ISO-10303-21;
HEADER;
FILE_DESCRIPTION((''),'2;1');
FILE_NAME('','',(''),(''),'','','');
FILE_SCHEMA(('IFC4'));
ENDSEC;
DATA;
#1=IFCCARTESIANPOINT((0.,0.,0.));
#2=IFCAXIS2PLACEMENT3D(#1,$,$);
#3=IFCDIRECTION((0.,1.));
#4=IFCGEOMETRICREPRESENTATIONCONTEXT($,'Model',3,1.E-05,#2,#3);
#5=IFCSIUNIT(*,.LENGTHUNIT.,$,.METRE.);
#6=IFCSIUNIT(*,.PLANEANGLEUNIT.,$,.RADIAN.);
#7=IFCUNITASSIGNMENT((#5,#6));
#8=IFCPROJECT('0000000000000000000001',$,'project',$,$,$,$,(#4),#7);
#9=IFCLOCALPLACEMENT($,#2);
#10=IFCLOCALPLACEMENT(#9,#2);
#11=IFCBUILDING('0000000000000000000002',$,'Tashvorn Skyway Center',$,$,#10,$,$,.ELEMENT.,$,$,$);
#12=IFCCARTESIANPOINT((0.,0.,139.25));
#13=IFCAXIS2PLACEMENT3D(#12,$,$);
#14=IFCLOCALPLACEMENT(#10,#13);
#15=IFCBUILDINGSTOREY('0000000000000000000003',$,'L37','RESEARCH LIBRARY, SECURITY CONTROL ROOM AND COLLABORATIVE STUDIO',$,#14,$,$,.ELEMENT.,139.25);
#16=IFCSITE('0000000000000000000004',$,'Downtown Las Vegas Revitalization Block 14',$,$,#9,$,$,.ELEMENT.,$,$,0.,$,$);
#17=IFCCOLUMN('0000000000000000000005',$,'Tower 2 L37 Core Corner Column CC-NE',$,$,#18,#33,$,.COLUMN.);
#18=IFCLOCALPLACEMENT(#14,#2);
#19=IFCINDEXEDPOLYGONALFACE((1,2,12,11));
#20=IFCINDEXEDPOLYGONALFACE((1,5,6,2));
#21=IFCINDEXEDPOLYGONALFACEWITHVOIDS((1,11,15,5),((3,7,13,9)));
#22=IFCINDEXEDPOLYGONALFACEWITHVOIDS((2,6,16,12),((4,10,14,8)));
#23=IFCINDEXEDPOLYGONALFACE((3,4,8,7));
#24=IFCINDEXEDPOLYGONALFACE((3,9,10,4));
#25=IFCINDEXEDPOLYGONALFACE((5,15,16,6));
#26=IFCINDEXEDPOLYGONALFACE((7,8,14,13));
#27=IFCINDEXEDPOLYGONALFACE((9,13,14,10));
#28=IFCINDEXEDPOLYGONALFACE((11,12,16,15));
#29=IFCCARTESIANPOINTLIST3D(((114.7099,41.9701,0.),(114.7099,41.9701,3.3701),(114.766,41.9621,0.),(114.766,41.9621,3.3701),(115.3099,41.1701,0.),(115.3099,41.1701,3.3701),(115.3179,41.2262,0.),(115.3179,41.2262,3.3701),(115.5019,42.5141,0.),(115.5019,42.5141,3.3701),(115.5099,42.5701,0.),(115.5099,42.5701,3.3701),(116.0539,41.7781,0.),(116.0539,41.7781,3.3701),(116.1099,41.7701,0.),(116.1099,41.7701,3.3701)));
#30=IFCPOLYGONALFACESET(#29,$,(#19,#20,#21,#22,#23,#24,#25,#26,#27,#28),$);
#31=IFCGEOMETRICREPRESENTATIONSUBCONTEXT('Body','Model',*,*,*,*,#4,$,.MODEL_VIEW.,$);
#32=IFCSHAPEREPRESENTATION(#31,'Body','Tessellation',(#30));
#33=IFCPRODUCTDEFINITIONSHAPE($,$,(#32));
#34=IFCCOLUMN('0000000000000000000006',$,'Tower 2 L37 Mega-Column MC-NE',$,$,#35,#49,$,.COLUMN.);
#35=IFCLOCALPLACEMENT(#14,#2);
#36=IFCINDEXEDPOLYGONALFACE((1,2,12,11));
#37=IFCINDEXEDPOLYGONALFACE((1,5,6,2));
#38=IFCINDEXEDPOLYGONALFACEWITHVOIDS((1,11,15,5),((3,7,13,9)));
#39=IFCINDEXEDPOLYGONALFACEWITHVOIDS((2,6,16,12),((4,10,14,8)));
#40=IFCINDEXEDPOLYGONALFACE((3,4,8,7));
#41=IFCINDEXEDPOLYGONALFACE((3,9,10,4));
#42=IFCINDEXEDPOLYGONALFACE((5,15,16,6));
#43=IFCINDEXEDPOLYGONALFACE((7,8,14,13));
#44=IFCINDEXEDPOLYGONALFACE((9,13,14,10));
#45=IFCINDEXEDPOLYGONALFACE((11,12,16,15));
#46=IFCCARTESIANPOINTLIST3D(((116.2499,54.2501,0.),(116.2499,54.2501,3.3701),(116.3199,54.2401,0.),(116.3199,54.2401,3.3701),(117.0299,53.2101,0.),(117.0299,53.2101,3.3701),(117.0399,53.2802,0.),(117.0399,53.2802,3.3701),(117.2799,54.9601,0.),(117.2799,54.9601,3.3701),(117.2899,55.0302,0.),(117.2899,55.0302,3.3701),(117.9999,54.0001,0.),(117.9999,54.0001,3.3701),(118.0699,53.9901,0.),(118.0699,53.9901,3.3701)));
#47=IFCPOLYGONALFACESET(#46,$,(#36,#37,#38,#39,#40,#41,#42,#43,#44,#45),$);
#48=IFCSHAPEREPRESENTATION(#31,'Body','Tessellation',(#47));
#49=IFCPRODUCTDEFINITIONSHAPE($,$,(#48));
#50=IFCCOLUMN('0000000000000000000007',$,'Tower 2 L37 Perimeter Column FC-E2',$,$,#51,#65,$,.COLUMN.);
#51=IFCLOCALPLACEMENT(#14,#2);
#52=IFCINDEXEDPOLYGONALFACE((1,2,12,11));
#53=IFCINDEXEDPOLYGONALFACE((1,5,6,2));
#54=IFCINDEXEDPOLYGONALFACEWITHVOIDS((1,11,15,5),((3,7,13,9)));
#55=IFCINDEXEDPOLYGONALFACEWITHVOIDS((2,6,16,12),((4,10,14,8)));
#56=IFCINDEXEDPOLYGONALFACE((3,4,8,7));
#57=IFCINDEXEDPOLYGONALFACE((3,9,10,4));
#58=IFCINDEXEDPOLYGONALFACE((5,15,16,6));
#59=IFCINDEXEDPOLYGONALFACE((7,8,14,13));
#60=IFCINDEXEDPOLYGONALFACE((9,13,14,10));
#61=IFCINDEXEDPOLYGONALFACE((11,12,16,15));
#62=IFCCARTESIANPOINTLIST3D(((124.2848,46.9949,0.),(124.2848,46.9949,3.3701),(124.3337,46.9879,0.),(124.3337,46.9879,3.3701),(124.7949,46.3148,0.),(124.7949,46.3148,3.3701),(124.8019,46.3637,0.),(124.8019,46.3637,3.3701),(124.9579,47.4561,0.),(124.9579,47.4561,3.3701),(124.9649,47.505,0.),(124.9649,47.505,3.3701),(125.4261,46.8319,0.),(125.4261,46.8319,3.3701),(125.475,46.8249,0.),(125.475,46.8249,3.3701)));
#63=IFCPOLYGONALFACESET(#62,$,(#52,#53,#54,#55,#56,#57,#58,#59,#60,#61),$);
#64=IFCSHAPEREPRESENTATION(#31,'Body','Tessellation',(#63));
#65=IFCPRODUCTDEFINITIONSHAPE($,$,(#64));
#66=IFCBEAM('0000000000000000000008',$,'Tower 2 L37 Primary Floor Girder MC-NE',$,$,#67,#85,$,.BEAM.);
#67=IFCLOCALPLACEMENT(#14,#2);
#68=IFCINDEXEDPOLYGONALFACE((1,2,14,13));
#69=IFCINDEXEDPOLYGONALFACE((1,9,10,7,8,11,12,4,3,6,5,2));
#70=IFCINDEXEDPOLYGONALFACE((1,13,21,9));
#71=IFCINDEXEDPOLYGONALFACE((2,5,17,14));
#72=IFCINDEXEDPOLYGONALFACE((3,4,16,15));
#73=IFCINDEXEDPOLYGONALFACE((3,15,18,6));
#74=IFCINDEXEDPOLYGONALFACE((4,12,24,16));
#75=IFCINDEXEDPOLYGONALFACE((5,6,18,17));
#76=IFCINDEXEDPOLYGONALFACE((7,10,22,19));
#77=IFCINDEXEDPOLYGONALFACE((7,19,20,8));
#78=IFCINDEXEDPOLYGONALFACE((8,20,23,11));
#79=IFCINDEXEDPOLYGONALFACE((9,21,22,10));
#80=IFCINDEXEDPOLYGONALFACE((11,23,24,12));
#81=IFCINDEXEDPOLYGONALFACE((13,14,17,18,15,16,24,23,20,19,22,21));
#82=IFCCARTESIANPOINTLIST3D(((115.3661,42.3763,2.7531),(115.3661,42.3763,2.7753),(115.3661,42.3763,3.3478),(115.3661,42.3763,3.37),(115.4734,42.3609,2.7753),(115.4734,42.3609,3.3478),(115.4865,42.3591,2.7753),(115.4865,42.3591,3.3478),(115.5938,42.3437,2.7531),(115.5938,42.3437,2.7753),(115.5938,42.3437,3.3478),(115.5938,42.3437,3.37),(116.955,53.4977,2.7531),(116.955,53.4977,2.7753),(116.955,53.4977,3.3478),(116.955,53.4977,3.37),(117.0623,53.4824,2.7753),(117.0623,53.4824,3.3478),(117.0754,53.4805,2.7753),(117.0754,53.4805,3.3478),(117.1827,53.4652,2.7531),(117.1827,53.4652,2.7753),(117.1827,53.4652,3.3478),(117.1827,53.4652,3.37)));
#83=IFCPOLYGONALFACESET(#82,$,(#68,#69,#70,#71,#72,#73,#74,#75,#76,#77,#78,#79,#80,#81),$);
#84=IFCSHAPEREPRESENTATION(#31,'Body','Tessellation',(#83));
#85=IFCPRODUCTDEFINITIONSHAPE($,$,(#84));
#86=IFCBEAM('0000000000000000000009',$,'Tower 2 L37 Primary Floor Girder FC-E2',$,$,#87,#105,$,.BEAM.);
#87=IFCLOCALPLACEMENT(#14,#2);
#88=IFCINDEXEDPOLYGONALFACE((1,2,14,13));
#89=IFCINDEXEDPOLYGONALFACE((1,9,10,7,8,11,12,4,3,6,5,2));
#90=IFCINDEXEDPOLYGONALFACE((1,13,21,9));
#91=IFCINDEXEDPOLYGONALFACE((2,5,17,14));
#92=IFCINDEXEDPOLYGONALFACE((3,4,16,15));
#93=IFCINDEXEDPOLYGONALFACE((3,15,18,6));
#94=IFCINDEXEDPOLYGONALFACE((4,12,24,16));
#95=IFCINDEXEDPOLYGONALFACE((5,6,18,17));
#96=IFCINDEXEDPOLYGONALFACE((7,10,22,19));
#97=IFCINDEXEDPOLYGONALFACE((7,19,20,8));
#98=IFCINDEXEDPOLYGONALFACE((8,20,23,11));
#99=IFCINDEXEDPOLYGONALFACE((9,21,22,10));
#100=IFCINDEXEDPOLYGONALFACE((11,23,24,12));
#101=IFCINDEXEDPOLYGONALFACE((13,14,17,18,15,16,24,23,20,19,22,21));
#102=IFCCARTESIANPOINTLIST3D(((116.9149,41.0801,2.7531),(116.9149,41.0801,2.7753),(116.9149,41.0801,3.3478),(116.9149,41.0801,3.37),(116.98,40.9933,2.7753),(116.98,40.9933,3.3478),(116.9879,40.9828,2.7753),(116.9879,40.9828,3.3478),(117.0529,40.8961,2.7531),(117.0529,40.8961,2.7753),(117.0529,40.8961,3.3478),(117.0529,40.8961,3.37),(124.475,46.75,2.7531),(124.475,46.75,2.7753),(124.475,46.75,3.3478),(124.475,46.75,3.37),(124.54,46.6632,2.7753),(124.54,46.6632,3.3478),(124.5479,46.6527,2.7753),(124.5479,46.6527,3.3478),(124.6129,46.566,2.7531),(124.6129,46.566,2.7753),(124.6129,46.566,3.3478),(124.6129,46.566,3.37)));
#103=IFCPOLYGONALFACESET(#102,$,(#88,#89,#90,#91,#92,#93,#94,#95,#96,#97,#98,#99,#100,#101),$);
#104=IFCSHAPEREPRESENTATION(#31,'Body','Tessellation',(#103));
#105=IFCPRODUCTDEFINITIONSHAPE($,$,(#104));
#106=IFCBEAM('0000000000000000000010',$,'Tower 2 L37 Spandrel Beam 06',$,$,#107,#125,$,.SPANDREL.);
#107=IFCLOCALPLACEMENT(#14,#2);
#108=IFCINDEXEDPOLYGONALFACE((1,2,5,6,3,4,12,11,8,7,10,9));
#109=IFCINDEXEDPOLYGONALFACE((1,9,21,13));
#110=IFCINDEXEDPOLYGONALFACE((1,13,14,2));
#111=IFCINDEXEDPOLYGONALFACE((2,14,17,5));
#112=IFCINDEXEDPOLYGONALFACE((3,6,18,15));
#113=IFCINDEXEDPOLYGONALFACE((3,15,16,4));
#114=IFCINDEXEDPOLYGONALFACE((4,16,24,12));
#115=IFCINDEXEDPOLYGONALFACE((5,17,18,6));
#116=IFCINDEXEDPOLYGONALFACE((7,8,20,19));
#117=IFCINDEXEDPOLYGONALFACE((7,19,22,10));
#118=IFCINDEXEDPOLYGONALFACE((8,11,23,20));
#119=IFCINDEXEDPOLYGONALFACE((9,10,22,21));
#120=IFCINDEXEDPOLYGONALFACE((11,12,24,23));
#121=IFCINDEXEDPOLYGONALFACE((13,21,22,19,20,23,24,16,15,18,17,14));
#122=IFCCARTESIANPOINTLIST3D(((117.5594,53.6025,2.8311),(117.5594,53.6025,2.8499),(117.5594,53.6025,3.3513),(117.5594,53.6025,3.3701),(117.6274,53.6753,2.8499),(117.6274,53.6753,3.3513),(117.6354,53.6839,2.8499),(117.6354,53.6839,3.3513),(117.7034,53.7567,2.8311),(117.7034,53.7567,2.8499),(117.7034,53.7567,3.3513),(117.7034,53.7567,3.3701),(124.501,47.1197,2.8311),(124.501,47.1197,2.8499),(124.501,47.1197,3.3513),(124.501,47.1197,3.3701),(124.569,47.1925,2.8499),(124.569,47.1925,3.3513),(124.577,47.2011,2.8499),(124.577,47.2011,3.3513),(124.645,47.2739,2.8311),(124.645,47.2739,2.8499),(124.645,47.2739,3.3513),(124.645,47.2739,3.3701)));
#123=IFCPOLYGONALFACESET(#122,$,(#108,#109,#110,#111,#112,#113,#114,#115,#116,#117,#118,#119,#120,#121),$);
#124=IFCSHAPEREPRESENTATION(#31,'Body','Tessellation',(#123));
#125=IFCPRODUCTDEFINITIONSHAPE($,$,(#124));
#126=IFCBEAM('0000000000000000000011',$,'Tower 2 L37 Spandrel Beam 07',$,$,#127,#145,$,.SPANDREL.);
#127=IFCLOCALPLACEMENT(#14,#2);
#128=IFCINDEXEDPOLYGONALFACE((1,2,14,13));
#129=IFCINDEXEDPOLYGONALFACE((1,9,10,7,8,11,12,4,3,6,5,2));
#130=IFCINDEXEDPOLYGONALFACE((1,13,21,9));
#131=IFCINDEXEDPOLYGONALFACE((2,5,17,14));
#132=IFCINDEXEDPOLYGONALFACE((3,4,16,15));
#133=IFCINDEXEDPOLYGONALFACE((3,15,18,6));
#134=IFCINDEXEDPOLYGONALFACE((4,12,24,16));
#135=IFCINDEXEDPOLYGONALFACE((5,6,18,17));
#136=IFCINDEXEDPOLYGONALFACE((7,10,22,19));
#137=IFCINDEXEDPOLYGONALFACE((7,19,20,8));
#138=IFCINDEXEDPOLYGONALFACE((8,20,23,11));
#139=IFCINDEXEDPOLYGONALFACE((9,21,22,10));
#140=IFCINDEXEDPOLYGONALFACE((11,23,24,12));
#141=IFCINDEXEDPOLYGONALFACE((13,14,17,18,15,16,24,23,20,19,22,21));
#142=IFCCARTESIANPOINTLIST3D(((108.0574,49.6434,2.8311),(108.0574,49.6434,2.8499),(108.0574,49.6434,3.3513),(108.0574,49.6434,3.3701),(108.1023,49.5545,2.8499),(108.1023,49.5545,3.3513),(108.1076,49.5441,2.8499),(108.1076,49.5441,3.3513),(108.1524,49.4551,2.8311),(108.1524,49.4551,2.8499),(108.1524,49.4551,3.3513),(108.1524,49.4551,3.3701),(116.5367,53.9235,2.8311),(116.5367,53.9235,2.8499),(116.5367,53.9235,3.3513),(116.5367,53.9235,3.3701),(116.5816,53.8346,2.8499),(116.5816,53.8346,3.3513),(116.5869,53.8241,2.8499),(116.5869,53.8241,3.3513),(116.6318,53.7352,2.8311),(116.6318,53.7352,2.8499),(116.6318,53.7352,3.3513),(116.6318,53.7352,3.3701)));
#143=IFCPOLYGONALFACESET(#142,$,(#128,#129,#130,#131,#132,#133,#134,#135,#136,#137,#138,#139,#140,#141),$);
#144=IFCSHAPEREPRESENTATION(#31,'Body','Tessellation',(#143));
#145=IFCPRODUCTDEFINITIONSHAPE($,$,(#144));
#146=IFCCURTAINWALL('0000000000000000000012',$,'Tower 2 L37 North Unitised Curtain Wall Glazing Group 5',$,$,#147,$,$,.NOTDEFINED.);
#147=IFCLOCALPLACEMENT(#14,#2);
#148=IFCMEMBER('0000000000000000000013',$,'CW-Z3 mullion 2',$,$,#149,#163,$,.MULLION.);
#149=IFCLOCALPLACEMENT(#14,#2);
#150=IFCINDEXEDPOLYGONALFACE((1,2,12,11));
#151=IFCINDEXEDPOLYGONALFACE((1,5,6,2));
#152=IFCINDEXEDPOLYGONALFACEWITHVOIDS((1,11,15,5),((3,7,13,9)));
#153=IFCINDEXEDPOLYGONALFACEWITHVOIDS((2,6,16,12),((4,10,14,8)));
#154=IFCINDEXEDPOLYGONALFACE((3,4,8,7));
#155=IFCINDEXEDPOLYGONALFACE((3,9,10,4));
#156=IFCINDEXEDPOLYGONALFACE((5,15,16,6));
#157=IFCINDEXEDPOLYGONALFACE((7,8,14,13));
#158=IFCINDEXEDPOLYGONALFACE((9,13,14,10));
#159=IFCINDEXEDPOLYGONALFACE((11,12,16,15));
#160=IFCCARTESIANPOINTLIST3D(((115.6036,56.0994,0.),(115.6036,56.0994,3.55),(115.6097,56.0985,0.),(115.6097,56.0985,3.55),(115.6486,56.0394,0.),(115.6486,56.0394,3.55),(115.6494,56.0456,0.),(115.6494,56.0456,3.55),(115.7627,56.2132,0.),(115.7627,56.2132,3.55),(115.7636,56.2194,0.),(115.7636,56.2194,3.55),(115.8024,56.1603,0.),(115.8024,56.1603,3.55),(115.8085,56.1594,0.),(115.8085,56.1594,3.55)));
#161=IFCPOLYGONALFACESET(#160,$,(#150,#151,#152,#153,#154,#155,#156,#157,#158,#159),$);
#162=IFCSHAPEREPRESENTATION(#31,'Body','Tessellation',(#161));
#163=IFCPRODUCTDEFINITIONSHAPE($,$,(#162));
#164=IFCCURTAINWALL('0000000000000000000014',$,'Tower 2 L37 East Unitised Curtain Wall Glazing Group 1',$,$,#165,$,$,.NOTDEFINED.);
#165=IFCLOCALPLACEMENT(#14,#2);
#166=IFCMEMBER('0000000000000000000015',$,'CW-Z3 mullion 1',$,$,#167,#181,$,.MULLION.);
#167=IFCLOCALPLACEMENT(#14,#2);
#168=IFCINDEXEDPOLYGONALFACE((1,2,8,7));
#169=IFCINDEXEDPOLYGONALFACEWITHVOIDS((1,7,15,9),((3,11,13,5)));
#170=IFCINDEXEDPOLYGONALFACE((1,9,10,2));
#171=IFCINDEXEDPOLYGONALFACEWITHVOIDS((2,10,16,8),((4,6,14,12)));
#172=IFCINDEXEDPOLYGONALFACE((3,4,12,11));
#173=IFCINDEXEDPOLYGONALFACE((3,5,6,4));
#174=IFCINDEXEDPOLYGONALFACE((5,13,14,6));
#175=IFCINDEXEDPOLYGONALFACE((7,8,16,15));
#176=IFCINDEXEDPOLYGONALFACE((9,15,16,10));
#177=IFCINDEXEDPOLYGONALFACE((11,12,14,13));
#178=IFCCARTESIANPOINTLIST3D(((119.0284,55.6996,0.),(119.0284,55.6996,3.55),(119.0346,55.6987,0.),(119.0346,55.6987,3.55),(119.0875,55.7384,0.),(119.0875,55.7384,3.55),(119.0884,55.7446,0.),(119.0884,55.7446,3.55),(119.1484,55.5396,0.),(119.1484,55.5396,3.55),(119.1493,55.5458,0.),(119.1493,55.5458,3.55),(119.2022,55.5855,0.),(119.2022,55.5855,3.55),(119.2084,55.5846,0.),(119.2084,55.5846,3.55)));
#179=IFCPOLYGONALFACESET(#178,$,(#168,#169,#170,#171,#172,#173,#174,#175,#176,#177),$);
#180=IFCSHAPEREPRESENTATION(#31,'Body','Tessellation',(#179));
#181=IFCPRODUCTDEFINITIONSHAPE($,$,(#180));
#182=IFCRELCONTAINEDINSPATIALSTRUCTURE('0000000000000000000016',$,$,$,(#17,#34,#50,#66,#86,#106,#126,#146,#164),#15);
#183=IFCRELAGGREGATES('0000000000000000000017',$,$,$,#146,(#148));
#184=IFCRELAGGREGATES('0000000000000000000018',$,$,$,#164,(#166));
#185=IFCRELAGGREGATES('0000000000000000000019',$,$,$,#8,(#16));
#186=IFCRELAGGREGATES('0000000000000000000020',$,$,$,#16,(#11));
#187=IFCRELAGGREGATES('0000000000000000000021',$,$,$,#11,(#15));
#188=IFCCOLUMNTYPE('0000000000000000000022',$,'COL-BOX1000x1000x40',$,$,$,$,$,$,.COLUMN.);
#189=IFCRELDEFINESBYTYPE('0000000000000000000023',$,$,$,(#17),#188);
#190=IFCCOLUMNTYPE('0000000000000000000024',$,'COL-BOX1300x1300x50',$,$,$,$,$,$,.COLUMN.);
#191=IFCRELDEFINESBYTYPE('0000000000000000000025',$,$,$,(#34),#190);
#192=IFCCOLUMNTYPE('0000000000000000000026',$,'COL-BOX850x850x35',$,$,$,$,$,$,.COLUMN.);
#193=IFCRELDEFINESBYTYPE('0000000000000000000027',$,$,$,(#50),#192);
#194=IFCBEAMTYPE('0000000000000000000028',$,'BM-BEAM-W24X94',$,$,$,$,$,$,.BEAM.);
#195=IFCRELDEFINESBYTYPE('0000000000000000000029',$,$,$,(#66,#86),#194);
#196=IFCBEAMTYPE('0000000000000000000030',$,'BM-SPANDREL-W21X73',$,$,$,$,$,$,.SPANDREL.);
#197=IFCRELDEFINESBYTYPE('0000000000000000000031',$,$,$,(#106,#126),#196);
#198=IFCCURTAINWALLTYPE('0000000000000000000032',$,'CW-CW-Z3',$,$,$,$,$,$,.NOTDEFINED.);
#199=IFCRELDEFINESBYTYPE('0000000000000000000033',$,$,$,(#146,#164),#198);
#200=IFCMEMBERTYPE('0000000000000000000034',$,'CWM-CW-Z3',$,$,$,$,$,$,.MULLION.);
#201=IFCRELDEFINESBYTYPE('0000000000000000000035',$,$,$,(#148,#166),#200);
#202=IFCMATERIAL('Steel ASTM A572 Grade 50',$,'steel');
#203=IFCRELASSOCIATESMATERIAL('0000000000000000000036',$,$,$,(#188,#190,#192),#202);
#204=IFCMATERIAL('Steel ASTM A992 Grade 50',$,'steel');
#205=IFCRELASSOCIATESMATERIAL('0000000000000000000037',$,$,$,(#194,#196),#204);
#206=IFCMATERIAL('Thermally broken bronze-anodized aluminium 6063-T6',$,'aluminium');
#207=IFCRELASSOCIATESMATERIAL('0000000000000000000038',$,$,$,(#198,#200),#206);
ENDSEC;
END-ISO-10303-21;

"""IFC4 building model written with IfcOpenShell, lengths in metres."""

from ifc_helpers import new_model, si_unit, direction, frame, origin, origin_2d, place, context, subcontext, project, spatial, hollow_rectangle, i_section, extrude, material, material_profile, profile_set, type_object, element, aggregate, save


model = new_model("IFC4")

# Units and contexts
model_context = context("Model", 3, precision=1e-05, world=origin(), true_north=direction((0.0, 1.0)))
body_context = subcontext(model_context, "Body", "Model", "MODEL_VIEW")
ifc_project = project(units=[si_unit("LENGTHUNIT", "METRE"), si_unit("PLANEANGLEUNIT", "RADIAN")], contexts=[model_context])

# Site, building, storey
site_placement = place(None, origin())
site = spatial("IfcSite", under=ifc_project, at=site_placement, Name="Downtown Las Vegas Revitalization Block 14", CompositionType="ELEMENT", RefElevation=0.0)
building_placement = place(site_placement, origin())
building = spatial("IfcBuilding", under=site, at=building_placement, Name="Tashvorn Skyway Center", CompositionType="ELEMENT")
storey_placement = place(building_placement, frame((0.0, 0.0, 139.25)))
storey = spatial("IfcBuildingStorey", under=building, at=storey_placement, Name="L37", Description="RESEARCH LIBRARY, SECURITY CONTROL ROOM AND COLLABORATIVE STUDIO", CompositionType="ELEMENT", Elevation=139.25)

# Columns
ifc_material_1 = material(Name="Steel ASTM A572 Grade 50", Category="steel")
ifc_material_profile_1 = material_profile(ifc_material_1, hollow_rectangle(XDim=1.0, YDim=1.0, WallThickness=0.04, at=origin_2d()), Name="BOX1000x1000x40")
ifc_profile_set_1 = profile_set([ifc_material_profile_1], Name="Steel ASTM A572 Grade 50")
column_type_1 = type_object("IfcColumnType", Name="COL-BOX1000x1000x40", PredefinedType="COLUMN", material=ifc_profile_set_1)
column_1_placement = place(storey_placement, frame((115.4099, 41.8701, 0.0), z_axis=(0.0, 0.0, 1.0), x_axis=(0.8, 0.6, 0.0)))
element("IfcColumn", 1, at=column_1_placement, inside=storey, type_object=column_type_1, Name="Tower 2 L37 Core Corner Column CC-NE", PredefinedType="COLUMN", context=body_context, shape_type="SweptSolid", body=[
    extrude(hollow_rectangle(XDim=1.0, YDim=1.0, WallThickness=0.04, at=origin_2d()), origin(), (0.0, 0.0, 1.0), 3.3701),
])
ifc_material_profile_2 = material_profile(ifc_material_1, hollow_rectangle(XDim=1.3, YDim=1.3, WallThickness=0.05, at=origin_2d()), Name="BOX1300x1300x50")
ifc_profile_set_2 = profile_set([ifc_material_profile_2], Name="Steel ASTM A572 Grade 50")
column_type_2 = type_object("IfcColumnType", Name="COL-BOX1300x1300x50", PredefinedType="COLUMN", material=ifc_profile_set_2)
column_2_placement = place(storey_placement, frame((117.1599, 54.1201, 0.0), z_axis=(0.0, 0.0, 1.0), x_axis=(0.8, 0.6, 0.0)))
element("IfcColumn", 2, at=column_2_placement, inside=storey, type_object=column_type_2, Name="Tower 2 L37 Mega-Column MC-NE", PredefinedType="COLUMN", context=body_context, shape_type="SweptSolid", body=[
    extrude(hollow_rectangle(XDim=1.3, YDim=1.3, WallThickness=0.05, at=origin_2d()), origin(), (0.0, 0.0, 1.0), 3.3701),
])
ifc_material_profile_3 = material_profile(ifc_material_1, hollow_rectangle(XDim=0.8501, YDim=0.8501, WallThickness=0.0349, at=origin_2d()), Name="BOX850x850x35")
ifc_profile_set_3 = profile_set([ifc_material_profile_3], Name="Steel ASTM A572 Grade 50")
column_type_3 = type_object("IfcColumnType", Name="COL-BOX850x850x35", PredefinedType="COLUMN", material=ifc_profile_set_3)
column_3_placement = place(storey_placement, frame((124.8799, 46.9099, 0.0), z_axis=(0.0, 0.0, 1.0), x_axis=(0.8, 0.6, 0.0)))
element("IfcColumn", 3, at=column_3_placement, inside=storey, type_object=column_type_3, Name="Tower 2 L37 Perimeter Column FC-E2", PredefinedType="COLUMN", context=body_context, shape_type="SweptSolid", body=[
    extrude(hollow_rectangle(XDim=0.8501, YDim=0.8501, WallThickness=0.0349, at=origin_2d()), origin(), (0.0, 0.0, 1.0), 3.3701),
])

# Beams
ifc_material_2 = material(Name="Steel ASTM A992 Grade 50", Category="steel")
ifc_material_profile_4 = material_profile(ifc_material_2, i_section(OverallWidth=0.23, OverallDepth=0.6169, WebThickness=0.0132, FlangeThickness=0.0222, at=origin_2d()), Name="W24X94")
ifc_profile_set_4 = profile_set([ifc_material_profile_4], Name="Steel ASTM A992 Grade 50")
beam_type_1 = type_object("IfcBeamType", Name="BM-BEAM-W24X94", PredefinedType="BEAM", material=ifc_profile_set_4)
beam_1_placement = place(storey_placement, frame((117.0688, 53.4814, 3.0615), z_axis=(-0.14143, -0.989948, 0.0), x_axis=(0.989948, -0.14143, 0.0)))
element("IfcBeam", 4, at=beam_1_placement, inside=storey, type_object=beam_type_1, Name="Tower 2 L37 Primary Floor Girder MC-NE", PredefinedType="BEAM", context=body_context, shape_type="SweptSolid", body=[
    extrude(i_section(OverallWidth=0.23, OverallDepth=0.6169, WebThickness=0.0132, FlangeThickness=0.0222, at=origin_2d()), origin(), (0.0, 0.0, 1.0), 11.2344),
])
beam_2_placement = place(storey_placement, frame((124.5439, 46.658, 3.0615), z_axis=(-0.800006, -0.599992, 0.0), x_axis=(0.599992, -0.800006, 0.0)))
element("IfcBeam", 5, at=beam_2_placement, inside=storey, type_object=beam_type_1, Name="Tower 2 L37 Primary Floor Girder FC-E2", PredefinedType="BEAM", context=body_context, shape_type="SweptSolid", body=[
    extrude(i_section(OverallWidth=0.23, OverallDepth=0.6169, WebThickness=0.0132, FlangeThickness=0.0222, at=origin_2d()), origin(), (0.0, 0.0, 1.0), 9.45),
])
ifc_material_profile_5 = material_profile(ifc_material_2, i_section(OverallWidth=0.2109, OverallDepth=0.5391, WebThickness=0.0117, FlangeThickness=0.0188, at=origin_2d()), Name="W21X73")
ifc_profile_set_5 = profile_set([ifc_material_profile_5], Name="Steel ASTM A992 Grade 50")
beam_type_2 = type_object("IfcBeamType", Name="BM-SPANDREL-W21X73", PredefinedType="SPANDREL", material=ifc_profile_set_5)
beam_3_placement = place(storey_placement, frame((124.573, 47.1968, 3.1006), z_axis=(-0.730843, 0.682545, 0.0), x_axis=(-0.682545, -0.730843, 0.0)))
element("IfcBeam", 6, at=beam_3_placement, inside=storey, type_object=beam_type_2, Name="Tower 2 L37 Spandrel Beam 06", PredefinedType="SPANDREL", context=body_context, shape_type="SweptSolid", body=[
    extrude(i_section(OverallWidth=0.2109, OverallDepth=0.5391, WebThickness=0.0117, FlangeThickness=0.0188, at=origin_2d()), origin(), (0.0, 0.0, 1.0), 9.498),
])
beam_4_placement = place(storey_placement, frame((116.5842, 53.8293, 3.1006), z_axis=(-0.892719, -0.450614, 0.0), x_axis=(0.450614, -0.892719, 0.0)))
element("IfcBeam", 7, at=beam_4_placement, inside=storey, type_object=beam_type_2, Name="Tower 2 L37 Spandrel Beam 07", PredefinedType="SPANDREL", context=body_context, shape_type="SweptSolid", body=[
    extrude(i_section(OverallWidth=0.2109, OverallDepth=0.5391, WebThickness=0.0117, FlangeThickness=0.0188, at=origin_2d()), origin(), (0.0, 0.0, 1.0), 9.4983),
])

# Curtain wall, member
ifc_material_3 = material(Name="Thermally broken bronze-anodized aluminium 6063-T6", Category="aluminium")
curtain_wall_type = type_object("IfcCurtainWallType", Name="CW-CW-Z3", PredefinedType="NOTDEFINED", material=ifc_material_3)
curtain_wall_1_placement = place(storey_placement, origin())
curtain_wall_1 = element("IfcCurtainWall", 8, at=curtain_wall_1_placement, inside=storey, type_object=curtain_wall_type, Name="Tower 2 L37 North Unitised Curtain Wall Glazing Group 5", PredefinedType="NOTDEFINED")
ifc_material_profile_6 = material_profile(ifc_material_3, hollow_rectangle(XDim=0.075, YDim=0.2, WallThickness=0.0044, at=origin_2d()), Name="ALU-MULL-75x200")
ifc_profile_set_6 = profile_set([ifc_material_profile_6], Name="Thermally broken bronze-anodized aluminium 6063-T6")
member_type_1 = type_object("IfcMemberType", Name="CWM-CW-Z3", PredefinedType="MULLION", material=ifc_profile_set_6)
member_1_placement = place(storey_placement, frame((115.7061, 56.1294, 0.0), z_axis=(0.0, 0.0, 1.0), x_axis=(-0.599995, 0.800003, 0.0)))
member_1 = element("IfcMember", 9, at=member_1_placement, type_object=member_type_1, Name="CW-Z3 mullion 2", PredefinedType="MULLION", context=body_context, shape_type="SweptSolid", body=[
    extrude(hollow_rectangle(XDim=0.075, YDim=0.2, WallThickness=0.0044, at=origin_2d()), origin(), (0.0, 0.0, 1.0), 3.55),
])

# Curtain wall, member
curtain_wall_2_placement = place(storey_placement, origin())
curtain_wall_2 = element("IfcCurtainWall", 10, at=curtain_wall_2_placement, inside=storey, type_object=curtain_wall_type, Name="Tower 2 L37 East Unitised Curtain Wall Glazing Group 1", PredefinedType="NOTDEFINED")
member_2_placement = place(storey_placement, frame((119.1184, 55.6421, 0.0), z_axis=(0.0, 0.0, 1.0), x_axis=(0.800003, 0.599995, 0.0)))
member_2 = element("IfcMember", 11, at=member_2_placement, type_object=member_type_1, Name="CW-Z3 mullion 1", PredefinedType="MULLION", context=body_context, shape_type="SweptSolid", body=[
    extrude(hollow_rectangle(XDim=0.075, YDim=0.2, WallThickness=0.0044, at=origin_2d()), origin(), (0.0, 0.0, 1.0), 3.55),
])

aggregate(curtain_wall_1, [member_1])
aggregate(curtain_wall_2, [member_2])

save(model, "model.ifc")
